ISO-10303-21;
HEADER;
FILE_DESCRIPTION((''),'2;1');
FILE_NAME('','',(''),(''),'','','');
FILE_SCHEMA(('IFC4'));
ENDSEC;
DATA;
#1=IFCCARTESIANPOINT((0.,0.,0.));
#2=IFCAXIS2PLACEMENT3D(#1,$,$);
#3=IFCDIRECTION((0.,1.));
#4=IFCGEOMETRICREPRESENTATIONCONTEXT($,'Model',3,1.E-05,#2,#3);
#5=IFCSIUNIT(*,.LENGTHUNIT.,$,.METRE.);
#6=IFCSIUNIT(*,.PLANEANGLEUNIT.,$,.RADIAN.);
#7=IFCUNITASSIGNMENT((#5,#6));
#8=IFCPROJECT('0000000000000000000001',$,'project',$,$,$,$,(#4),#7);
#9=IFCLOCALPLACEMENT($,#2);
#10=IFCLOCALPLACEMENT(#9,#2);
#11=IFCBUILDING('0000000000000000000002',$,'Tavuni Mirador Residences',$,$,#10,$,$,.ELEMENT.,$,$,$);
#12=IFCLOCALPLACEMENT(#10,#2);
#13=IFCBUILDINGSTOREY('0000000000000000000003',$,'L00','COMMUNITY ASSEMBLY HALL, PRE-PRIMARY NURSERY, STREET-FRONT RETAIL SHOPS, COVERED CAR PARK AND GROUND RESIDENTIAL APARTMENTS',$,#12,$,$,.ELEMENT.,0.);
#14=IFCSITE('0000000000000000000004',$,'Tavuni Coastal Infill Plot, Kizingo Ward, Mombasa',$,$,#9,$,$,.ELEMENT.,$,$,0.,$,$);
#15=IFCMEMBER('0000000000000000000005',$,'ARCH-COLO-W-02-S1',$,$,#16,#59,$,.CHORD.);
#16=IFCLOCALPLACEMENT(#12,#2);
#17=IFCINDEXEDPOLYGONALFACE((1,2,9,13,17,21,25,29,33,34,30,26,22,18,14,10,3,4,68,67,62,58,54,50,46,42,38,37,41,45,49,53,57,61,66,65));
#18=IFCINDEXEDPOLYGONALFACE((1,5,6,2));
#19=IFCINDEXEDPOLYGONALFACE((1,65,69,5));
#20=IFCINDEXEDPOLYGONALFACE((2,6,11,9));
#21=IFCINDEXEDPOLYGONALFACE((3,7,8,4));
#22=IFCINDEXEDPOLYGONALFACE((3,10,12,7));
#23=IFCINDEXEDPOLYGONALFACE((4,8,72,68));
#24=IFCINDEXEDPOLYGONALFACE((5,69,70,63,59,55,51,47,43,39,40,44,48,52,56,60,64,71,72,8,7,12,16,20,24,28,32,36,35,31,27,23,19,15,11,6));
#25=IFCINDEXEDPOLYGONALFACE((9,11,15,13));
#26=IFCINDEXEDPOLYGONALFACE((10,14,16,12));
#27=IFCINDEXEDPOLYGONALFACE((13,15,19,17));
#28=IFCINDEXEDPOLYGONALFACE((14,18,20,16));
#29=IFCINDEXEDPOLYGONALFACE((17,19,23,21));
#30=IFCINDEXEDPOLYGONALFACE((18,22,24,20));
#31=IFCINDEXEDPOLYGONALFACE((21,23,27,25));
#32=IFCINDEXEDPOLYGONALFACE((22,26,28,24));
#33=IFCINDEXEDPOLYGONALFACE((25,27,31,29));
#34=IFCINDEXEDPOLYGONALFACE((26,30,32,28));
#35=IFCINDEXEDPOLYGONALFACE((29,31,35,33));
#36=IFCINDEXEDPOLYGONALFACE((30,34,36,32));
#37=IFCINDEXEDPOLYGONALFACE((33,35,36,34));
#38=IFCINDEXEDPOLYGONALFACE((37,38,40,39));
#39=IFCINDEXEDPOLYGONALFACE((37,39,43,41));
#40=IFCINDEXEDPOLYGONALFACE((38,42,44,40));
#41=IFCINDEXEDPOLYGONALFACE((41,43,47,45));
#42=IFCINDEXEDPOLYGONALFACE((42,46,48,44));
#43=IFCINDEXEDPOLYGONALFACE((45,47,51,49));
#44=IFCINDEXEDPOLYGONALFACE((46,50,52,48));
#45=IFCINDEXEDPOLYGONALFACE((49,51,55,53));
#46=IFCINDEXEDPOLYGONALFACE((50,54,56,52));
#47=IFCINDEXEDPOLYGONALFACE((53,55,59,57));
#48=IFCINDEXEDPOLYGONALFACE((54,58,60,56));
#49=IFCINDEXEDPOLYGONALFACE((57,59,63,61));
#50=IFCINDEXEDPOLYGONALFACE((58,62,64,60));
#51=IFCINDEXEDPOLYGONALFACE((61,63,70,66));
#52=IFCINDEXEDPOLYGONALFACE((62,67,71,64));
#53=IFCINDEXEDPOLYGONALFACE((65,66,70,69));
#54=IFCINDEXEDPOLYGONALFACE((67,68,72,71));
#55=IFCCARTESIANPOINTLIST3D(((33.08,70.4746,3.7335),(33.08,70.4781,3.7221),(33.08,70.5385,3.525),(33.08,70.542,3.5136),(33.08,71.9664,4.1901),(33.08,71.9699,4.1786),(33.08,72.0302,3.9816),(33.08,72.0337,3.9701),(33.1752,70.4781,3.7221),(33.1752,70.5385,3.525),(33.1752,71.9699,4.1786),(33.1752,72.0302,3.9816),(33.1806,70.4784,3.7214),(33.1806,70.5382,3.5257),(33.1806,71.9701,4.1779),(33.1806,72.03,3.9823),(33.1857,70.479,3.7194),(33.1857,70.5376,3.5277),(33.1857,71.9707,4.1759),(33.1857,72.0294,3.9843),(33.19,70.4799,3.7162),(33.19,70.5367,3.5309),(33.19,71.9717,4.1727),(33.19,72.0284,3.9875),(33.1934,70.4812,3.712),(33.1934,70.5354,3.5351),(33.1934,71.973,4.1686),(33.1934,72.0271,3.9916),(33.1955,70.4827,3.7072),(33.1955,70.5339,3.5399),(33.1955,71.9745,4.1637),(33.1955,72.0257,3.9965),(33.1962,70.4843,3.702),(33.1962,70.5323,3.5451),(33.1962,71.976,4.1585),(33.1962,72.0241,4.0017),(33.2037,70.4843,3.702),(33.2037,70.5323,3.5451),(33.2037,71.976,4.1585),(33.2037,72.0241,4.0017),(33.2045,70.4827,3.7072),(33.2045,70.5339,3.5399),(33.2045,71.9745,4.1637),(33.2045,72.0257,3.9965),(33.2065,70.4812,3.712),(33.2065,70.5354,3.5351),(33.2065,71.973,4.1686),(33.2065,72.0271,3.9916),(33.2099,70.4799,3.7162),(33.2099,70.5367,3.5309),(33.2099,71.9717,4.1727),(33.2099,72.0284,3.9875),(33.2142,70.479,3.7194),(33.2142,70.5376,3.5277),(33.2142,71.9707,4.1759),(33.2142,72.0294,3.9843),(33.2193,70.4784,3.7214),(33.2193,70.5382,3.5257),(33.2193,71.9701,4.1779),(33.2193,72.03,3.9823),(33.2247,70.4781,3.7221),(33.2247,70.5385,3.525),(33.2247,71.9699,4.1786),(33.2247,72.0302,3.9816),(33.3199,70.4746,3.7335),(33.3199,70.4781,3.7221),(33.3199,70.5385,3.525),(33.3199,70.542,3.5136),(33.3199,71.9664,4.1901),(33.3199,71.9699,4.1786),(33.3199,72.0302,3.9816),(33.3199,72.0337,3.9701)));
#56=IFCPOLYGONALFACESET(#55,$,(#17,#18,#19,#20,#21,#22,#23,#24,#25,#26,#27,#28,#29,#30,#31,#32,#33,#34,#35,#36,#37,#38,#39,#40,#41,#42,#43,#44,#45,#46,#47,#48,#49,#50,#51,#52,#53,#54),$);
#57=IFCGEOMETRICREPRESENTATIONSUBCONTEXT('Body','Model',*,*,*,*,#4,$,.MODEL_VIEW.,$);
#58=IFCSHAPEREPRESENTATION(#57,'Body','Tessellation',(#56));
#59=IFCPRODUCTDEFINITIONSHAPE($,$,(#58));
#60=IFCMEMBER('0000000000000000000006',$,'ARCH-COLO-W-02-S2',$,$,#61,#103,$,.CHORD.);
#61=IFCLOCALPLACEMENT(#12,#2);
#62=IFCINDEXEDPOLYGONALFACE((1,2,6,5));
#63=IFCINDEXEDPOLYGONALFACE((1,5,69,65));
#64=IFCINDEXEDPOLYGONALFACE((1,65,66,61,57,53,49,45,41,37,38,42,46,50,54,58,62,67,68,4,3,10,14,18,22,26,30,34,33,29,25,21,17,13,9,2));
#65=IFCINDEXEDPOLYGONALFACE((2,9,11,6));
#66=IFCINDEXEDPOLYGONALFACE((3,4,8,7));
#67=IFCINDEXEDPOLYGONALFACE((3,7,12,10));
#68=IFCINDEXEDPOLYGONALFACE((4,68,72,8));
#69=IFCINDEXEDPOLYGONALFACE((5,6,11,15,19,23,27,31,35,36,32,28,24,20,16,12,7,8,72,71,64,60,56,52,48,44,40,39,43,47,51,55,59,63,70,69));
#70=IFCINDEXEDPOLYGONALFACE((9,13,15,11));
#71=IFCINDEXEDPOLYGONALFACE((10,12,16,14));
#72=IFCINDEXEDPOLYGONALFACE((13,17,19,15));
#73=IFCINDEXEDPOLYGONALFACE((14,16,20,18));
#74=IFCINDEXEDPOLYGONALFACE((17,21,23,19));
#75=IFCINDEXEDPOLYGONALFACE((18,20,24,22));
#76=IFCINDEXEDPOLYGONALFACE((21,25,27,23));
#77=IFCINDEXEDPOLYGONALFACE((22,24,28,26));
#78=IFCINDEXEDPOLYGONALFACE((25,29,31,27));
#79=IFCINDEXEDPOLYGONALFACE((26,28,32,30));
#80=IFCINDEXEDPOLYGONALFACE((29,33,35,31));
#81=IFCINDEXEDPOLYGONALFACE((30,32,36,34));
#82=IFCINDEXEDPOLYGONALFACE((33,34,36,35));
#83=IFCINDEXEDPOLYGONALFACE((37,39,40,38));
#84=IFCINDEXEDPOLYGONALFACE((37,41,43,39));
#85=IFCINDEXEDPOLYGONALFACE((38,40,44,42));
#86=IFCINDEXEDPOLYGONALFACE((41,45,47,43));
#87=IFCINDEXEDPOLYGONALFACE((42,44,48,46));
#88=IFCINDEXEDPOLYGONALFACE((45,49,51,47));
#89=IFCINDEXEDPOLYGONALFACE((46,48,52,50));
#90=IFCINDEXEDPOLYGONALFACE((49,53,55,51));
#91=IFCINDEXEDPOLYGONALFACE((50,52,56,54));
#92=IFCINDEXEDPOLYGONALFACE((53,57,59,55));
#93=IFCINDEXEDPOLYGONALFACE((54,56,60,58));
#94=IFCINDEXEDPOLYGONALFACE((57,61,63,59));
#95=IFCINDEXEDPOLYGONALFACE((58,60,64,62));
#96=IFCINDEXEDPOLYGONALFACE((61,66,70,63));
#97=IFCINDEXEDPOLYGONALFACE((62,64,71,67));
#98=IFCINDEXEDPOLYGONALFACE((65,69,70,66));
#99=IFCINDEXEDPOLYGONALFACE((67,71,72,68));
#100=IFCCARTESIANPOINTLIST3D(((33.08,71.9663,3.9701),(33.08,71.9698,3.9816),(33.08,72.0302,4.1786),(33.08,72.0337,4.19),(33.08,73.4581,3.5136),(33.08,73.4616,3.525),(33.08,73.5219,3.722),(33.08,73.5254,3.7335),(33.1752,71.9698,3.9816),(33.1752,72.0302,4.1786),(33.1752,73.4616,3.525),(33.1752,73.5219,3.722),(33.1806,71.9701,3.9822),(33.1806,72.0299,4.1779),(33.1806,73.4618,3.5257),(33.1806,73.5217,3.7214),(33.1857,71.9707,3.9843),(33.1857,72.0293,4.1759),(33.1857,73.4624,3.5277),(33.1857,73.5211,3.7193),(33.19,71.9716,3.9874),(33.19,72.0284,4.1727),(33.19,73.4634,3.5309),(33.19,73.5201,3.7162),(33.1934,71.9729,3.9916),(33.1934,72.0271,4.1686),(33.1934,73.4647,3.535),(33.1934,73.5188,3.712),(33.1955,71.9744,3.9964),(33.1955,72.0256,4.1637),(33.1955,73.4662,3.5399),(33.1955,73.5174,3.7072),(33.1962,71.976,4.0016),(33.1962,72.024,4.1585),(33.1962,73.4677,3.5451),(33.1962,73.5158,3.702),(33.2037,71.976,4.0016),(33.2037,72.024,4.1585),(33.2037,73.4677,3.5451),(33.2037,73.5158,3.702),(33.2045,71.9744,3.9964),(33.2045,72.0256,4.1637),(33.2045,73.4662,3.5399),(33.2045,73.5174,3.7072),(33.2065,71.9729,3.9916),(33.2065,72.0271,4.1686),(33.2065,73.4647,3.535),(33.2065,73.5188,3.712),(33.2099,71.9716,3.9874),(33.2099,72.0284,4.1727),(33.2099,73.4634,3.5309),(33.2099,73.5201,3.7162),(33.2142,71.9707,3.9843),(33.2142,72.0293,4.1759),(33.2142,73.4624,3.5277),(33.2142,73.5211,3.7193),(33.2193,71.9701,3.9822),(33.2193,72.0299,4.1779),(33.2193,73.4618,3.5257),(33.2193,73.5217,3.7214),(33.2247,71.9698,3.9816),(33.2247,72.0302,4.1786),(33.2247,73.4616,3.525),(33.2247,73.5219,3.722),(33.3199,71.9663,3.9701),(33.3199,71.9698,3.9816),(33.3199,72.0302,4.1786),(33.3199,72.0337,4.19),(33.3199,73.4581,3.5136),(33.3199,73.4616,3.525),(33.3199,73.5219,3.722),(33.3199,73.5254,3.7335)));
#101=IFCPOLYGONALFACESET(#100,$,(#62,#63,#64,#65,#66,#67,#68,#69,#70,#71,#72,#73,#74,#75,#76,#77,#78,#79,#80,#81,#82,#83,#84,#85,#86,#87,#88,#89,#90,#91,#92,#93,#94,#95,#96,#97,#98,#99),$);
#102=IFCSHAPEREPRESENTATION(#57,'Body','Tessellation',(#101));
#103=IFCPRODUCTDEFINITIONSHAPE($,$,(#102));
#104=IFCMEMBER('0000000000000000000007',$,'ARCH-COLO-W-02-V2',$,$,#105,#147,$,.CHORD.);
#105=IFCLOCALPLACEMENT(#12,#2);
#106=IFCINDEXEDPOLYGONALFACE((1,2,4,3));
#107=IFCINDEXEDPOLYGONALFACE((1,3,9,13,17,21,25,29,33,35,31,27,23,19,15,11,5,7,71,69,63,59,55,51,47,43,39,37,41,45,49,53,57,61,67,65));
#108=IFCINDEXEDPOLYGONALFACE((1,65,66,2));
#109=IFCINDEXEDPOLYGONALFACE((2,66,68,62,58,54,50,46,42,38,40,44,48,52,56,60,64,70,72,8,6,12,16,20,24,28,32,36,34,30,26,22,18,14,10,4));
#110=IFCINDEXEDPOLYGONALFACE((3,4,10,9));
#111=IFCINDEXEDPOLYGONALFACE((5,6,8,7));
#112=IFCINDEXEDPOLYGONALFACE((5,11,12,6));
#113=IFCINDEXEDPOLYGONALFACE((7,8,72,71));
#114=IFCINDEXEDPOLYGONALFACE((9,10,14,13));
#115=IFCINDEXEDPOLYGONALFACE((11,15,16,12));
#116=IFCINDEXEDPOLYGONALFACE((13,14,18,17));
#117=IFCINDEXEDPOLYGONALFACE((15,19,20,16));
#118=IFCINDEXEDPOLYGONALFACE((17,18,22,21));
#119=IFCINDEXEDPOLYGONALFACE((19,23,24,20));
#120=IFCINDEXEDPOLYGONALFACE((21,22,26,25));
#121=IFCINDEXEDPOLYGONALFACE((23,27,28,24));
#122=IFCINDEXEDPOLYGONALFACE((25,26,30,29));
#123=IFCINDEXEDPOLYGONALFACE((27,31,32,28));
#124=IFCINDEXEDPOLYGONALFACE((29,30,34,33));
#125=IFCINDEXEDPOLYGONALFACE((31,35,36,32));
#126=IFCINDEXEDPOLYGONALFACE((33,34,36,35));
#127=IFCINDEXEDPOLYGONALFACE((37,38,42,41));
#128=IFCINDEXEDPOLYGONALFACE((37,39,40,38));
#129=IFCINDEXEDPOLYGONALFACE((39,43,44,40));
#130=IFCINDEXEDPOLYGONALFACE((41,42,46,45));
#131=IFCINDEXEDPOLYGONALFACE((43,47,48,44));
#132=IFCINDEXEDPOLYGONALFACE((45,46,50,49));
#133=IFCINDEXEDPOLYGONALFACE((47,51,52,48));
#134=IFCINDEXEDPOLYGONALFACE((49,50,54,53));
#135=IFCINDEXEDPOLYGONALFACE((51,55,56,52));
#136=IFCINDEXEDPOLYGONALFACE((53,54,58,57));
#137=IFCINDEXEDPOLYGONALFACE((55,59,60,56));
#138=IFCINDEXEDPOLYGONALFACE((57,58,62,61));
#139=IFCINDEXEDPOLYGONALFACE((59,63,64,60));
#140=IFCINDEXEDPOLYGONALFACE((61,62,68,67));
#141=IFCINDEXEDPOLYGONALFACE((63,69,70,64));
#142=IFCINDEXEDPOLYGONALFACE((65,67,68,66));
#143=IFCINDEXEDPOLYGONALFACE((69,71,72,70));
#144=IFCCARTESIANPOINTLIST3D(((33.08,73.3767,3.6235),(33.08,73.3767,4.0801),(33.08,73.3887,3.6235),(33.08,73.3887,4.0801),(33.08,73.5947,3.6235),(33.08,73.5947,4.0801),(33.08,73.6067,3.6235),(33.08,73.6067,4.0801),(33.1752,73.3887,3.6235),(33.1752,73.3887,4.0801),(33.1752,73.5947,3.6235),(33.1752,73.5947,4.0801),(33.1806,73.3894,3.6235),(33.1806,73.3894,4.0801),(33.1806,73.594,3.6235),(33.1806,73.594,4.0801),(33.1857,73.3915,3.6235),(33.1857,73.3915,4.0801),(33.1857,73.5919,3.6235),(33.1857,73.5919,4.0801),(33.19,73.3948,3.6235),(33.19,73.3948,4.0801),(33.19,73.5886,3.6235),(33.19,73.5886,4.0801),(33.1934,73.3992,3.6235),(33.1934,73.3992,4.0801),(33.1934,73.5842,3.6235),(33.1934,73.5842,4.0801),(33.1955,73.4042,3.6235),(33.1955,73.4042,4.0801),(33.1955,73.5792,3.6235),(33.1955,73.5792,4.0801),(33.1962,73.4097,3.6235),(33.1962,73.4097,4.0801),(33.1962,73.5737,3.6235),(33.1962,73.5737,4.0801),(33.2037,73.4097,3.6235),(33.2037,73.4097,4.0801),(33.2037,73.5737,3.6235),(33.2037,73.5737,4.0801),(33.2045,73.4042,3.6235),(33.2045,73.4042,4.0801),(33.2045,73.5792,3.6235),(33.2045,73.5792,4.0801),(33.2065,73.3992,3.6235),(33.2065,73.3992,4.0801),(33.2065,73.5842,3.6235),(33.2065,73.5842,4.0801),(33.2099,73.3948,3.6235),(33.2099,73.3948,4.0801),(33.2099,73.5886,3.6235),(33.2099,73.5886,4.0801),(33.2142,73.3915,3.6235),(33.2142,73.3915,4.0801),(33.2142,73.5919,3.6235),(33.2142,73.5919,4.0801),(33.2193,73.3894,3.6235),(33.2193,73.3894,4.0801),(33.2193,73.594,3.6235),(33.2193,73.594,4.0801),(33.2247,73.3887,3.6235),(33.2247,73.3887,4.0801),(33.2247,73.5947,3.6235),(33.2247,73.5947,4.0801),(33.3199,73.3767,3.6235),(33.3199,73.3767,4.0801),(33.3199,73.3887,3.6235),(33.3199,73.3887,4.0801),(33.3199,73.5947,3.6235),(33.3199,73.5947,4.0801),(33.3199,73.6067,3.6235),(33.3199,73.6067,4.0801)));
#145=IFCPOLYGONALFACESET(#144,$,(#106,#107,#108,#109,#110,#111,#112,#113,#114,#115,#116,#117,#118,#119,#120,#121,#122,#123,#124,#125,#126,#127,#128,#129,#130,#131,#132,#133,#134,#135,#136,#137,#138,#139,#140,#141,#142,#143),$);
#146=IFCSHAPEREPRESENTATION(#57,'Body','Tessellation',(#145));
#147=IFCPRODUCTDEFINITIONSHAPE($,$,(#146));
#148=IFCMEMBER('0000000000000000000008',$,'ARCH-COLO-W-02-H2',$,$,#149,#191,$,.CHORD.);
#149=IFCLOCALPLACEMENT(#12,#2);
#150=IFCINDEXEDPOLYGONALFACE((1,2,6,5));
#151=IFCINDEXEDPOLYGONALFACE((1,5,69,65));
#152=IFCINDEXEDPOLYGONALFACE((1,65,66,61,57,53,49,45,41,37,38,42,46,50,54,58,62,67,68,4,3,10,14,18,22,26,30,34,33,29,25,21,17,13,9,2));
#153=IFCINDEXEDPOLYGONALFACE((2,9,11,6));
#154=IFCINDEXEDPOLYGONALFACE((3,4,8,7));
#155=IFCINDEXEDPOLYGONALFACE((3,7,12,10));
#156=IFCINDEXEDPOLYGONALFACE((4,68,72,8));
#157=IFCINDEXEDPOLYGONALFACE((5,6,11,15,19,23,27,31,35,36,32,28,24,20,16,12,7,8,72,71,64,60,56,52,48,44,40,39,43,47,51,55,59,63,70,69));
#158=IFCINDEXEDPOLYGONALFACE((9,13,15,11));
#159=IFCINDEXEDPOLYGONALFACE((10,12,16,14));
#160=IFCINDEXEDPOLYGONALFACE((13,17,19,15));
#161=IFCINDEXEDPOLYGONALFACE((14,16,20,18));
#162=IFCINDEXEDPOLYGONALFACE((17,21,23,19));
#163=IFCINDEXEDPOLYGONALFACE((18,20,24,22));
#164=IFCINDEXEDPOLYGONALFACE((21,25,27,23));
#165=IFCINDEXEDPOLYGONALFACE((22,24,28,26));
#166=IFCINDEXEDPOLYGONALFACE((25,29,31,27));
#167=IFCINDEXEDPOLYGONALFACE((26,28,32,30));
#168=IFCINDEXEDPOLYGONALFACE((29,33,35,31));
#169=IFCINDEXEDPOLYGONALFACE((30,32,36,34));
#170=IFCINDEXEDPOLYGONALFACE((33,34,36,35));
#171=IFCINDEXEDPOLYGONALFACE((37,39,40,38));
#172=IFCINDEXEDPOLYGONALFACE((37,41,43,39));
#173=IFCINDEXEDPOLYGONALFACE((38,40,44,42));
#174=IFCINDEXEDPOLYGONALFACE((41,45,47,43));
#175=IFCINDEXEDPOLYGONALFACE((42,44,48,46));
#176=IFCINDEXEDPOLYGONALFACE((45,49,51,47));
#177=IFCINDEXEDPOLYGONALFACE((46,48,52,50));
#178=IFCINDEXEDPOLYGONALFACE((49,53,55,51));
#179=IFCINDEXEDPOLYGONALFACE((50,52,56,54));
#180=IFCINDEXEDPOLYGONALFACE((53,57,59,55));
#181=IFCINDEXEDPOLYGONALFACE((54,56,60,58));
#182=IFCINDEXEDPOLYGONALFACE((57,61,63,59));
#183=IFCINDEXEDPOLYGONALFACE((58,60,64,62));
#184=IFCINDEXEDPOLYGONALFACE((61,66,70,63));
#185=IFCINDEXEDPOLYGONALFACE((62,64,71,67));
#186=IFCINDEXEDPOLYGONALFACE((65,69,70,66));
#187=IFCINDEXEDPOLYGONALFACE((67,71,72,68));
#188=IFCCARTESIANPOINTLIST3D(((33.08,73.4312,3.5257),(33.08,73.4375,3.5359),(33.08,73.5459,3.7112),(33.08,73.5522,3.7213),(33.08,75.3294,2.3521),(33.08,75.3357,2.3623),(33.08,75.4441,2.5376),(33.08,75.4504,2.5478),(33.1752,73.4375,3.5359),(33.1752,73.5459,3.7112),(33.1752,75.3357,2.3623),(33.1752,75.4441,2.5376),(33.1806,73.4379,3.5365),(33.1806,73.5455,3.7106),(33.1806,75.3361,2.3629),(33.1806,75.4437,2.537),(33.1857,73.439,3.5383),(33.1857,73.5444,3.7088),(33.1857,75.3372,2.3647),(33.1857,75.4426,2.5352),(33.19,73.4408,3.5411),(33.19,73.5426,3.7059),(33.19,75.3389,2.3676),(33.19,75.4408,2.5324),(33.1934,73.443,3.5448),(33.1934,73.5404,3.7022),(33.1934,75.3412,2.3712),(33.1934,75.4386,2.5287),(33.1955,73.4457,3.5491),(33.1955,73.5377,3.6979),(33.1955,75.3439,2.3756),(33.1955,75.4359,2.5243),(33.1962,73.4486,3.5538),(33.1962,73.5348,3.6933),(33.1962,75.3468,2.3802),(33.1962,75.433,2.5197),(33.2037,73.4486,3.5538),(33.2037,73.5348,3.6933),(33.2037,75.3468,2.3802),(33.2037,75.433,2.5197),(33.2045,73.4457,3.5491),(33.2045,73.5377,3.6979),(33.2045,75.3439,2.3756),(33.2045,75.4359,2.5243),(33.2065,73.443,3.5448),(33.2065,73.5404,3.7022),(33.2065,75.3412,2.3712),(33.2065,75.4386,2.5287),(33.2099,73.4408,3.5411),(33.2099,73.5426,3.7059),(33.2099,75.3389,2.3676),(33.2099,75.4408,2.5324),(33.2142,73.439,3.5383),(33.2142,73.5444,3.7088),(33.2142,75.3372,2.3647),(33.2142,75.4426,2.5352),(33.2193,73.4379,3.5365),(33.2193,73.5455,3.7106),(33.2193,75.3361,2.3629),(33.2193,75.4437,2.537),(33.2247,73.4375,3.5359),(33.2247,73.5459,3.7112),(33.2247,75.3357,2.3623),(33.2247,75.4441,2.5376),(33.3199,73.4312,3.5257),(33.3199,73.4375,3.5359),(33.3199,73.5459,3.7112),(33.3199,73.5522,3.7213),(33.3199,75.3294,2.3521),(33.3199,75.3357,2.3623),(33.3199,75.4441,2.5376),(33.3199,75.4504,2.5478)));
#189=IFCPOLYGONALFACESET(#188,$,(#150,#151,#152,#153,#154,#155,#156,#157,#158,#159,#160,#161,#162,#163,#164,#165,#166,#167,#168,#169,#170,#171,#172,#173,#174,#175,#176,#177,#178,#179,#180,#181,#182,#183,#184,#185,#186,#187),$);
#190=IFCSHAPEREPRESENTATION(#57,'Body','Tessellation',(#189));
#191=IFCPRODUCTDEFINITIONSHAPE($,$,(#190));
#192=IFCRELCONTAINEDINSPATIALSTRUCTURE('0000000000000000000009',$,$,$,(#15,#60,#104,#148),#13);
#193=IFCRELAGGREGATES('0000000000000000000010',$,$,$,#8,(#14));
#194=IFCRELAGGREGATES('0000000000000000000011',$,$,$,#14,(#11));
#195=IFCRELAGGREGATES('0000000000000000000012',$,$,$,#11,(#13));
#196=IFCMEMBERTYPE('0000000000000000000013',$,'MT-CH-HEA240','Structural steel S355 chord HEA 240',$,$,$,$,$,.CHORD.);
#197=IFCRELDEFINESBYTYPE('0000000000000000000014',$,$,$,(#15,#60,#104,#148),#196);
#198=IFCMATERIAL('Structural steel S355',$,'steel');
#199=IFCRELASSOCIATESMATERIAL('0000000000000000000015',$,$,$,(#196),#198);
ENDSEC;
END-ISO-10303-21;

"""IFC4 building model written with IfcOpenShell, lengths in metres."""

from ifc_helpers import new_model, si_unit, direction, frame, origin, origin_2d, place, context, subcontext, project, spatial, i_section, extrude, material, material_profile, profile_set, type_object, element, save


model = new_model("IFC4")

# Units and contexts
model_context = context("Model", 3, precision=1e-05, world=origin(), true_north=direction((0.0, 1.0)))
body_context = subcontext(model_context, "Body", "Model", "MODEL_VIEW")
ifc_project = project(units=[si_unit("LENGTHUNIT", "METRE"), si_unit("PLANEANGLEUNIT", "RADIAN")], contexts=[model_context])

# Site, building, storey
site_placement = place(None, origin())
site = spatial("IfcSite", under=ifc_project, at=site_placement, Name="Tavuni Coastal Infill Plot, Kizingo Ward, Mombasa", CompositionType="ELEMENT", RefElevation=0.0)
building_placement = place(site_placement, origin())
building = spatial("IfcBuilding", under=site, at=building_placement, Name="Tavuni Mirador Residences", CompositionType="ELEMENT")
storey_placement = place(building_placement, origin())
storey = spatial("IfcBuildingStorey", under=building, at=storey_placement, Name="L00", Description="COMMUNITY ASSEMBLY HALL, PRE-PRIMARY NURSERY, STREET-FRONT RETAIL SHOPS, COVERED CAR PARK AND GROUND RESIDENTIAL APARTMENTS", CompositionType="ELEMENT", Elevation=0.0)

# Members
ifc_material_1 = material(Name="Structural steel S355", Category="steel")
ifc_material_profile_1 = material_profile(ifc_material_1, i_section(OverallWidth=0.24, OverallDepth=0.23, WebThickness=0.0076, FlangeThickness=0.012, FilletRadius=0.021, at=origin_2d()), Name="HEA 240", Category="steel")
ifc_profile_set_1 = profile_set([ifc_material_profile_1], Name="Structural steel S355")
member_type_1 = type_object("IfcMemberType", Name="MT-CH-HEA240", Description="Structural steel S355 chord HEA 240", PredefinedType="CHORD", material=ifc_profile_set_1)
for number, where, z_axis, x_axis, name in (
    (1, (33.2, 70.5083, 3.6235), (0.0, 0.956218, 0.292656), (-1.0, 0.0, 0.0), "ARCH-COLO-W-02-S1"),
    (2, (33.2, 72.0, 4.0801), (0.0, 0.956218, -0.292656), (-1.0, 0.0, 0.0), "ARCH-COLO-W-02-S2"),
):
    element("IfcMember", number, at=place(storey_placement, frame(where, z_axis=z_axis, x_axis=x_axis)), inside=storey, type_object=member_type_1, Name=name, PredefinedType="CHORD", context=body_context, shape_type="SweptSolid", body=[
        extrude(i_section(OverallWidth=0.24, OverallDepth=0.23, WebThickness=0.0076, FlangeThickness=0.012, FilletRadius=0.021, at=origin_2d()), origin(), (0.0, 0.0, 1.0), 1.5601),
    ])
member_1_placement = place(storey_placement, frame((33.2, 73.4917, 3.6235), z_axis=(0.0, 0.0, 1.0), x_axis=(1.0, 0.0, 0.0)))
element("IfcMember", 3, at=member_1_placement, inside=storey, type_object=member_type_1, Name="ARCH-COLO-W-02-V2", PredefinedType="CHORD", context=body_context, shape_type="SweptSolid", body=[
    extrude(i_section(OverallWidth=0.24, OverallDepth=0.23, WebThickness=0.0076, FlangeThickness=0.012, FilletRadius=0.021, at=origin_2d()), origin(), (0.0, 0.0, 1.0), 0.4565),
])
member_2_placement = place(storey_placement, frame((33.2, 73.4917, 3.6235), z_axis=(0.0, 0.850563, -0.525872), x_axis=(-1.0, 0.0, 0.0)))
element("IfcMember", 4, at=member_2_placement, inside=storey, type_object=member_type_1, Name="ARCH-COLO-W-02-H2", PredefinedType="CHORD", context=body_context, shape_type="SweptSolid", body=[
    extrude(i_section(OverallWidth=0.24, OverallDepth=0.23, WebThickness=0.0076, FlangeThickness=0.012, FilletRadius=0.021, at=origin_2d()), origin(), (0.0, 0.0, 1.0), 2.2317),
])

save(model, "model.ifc")
